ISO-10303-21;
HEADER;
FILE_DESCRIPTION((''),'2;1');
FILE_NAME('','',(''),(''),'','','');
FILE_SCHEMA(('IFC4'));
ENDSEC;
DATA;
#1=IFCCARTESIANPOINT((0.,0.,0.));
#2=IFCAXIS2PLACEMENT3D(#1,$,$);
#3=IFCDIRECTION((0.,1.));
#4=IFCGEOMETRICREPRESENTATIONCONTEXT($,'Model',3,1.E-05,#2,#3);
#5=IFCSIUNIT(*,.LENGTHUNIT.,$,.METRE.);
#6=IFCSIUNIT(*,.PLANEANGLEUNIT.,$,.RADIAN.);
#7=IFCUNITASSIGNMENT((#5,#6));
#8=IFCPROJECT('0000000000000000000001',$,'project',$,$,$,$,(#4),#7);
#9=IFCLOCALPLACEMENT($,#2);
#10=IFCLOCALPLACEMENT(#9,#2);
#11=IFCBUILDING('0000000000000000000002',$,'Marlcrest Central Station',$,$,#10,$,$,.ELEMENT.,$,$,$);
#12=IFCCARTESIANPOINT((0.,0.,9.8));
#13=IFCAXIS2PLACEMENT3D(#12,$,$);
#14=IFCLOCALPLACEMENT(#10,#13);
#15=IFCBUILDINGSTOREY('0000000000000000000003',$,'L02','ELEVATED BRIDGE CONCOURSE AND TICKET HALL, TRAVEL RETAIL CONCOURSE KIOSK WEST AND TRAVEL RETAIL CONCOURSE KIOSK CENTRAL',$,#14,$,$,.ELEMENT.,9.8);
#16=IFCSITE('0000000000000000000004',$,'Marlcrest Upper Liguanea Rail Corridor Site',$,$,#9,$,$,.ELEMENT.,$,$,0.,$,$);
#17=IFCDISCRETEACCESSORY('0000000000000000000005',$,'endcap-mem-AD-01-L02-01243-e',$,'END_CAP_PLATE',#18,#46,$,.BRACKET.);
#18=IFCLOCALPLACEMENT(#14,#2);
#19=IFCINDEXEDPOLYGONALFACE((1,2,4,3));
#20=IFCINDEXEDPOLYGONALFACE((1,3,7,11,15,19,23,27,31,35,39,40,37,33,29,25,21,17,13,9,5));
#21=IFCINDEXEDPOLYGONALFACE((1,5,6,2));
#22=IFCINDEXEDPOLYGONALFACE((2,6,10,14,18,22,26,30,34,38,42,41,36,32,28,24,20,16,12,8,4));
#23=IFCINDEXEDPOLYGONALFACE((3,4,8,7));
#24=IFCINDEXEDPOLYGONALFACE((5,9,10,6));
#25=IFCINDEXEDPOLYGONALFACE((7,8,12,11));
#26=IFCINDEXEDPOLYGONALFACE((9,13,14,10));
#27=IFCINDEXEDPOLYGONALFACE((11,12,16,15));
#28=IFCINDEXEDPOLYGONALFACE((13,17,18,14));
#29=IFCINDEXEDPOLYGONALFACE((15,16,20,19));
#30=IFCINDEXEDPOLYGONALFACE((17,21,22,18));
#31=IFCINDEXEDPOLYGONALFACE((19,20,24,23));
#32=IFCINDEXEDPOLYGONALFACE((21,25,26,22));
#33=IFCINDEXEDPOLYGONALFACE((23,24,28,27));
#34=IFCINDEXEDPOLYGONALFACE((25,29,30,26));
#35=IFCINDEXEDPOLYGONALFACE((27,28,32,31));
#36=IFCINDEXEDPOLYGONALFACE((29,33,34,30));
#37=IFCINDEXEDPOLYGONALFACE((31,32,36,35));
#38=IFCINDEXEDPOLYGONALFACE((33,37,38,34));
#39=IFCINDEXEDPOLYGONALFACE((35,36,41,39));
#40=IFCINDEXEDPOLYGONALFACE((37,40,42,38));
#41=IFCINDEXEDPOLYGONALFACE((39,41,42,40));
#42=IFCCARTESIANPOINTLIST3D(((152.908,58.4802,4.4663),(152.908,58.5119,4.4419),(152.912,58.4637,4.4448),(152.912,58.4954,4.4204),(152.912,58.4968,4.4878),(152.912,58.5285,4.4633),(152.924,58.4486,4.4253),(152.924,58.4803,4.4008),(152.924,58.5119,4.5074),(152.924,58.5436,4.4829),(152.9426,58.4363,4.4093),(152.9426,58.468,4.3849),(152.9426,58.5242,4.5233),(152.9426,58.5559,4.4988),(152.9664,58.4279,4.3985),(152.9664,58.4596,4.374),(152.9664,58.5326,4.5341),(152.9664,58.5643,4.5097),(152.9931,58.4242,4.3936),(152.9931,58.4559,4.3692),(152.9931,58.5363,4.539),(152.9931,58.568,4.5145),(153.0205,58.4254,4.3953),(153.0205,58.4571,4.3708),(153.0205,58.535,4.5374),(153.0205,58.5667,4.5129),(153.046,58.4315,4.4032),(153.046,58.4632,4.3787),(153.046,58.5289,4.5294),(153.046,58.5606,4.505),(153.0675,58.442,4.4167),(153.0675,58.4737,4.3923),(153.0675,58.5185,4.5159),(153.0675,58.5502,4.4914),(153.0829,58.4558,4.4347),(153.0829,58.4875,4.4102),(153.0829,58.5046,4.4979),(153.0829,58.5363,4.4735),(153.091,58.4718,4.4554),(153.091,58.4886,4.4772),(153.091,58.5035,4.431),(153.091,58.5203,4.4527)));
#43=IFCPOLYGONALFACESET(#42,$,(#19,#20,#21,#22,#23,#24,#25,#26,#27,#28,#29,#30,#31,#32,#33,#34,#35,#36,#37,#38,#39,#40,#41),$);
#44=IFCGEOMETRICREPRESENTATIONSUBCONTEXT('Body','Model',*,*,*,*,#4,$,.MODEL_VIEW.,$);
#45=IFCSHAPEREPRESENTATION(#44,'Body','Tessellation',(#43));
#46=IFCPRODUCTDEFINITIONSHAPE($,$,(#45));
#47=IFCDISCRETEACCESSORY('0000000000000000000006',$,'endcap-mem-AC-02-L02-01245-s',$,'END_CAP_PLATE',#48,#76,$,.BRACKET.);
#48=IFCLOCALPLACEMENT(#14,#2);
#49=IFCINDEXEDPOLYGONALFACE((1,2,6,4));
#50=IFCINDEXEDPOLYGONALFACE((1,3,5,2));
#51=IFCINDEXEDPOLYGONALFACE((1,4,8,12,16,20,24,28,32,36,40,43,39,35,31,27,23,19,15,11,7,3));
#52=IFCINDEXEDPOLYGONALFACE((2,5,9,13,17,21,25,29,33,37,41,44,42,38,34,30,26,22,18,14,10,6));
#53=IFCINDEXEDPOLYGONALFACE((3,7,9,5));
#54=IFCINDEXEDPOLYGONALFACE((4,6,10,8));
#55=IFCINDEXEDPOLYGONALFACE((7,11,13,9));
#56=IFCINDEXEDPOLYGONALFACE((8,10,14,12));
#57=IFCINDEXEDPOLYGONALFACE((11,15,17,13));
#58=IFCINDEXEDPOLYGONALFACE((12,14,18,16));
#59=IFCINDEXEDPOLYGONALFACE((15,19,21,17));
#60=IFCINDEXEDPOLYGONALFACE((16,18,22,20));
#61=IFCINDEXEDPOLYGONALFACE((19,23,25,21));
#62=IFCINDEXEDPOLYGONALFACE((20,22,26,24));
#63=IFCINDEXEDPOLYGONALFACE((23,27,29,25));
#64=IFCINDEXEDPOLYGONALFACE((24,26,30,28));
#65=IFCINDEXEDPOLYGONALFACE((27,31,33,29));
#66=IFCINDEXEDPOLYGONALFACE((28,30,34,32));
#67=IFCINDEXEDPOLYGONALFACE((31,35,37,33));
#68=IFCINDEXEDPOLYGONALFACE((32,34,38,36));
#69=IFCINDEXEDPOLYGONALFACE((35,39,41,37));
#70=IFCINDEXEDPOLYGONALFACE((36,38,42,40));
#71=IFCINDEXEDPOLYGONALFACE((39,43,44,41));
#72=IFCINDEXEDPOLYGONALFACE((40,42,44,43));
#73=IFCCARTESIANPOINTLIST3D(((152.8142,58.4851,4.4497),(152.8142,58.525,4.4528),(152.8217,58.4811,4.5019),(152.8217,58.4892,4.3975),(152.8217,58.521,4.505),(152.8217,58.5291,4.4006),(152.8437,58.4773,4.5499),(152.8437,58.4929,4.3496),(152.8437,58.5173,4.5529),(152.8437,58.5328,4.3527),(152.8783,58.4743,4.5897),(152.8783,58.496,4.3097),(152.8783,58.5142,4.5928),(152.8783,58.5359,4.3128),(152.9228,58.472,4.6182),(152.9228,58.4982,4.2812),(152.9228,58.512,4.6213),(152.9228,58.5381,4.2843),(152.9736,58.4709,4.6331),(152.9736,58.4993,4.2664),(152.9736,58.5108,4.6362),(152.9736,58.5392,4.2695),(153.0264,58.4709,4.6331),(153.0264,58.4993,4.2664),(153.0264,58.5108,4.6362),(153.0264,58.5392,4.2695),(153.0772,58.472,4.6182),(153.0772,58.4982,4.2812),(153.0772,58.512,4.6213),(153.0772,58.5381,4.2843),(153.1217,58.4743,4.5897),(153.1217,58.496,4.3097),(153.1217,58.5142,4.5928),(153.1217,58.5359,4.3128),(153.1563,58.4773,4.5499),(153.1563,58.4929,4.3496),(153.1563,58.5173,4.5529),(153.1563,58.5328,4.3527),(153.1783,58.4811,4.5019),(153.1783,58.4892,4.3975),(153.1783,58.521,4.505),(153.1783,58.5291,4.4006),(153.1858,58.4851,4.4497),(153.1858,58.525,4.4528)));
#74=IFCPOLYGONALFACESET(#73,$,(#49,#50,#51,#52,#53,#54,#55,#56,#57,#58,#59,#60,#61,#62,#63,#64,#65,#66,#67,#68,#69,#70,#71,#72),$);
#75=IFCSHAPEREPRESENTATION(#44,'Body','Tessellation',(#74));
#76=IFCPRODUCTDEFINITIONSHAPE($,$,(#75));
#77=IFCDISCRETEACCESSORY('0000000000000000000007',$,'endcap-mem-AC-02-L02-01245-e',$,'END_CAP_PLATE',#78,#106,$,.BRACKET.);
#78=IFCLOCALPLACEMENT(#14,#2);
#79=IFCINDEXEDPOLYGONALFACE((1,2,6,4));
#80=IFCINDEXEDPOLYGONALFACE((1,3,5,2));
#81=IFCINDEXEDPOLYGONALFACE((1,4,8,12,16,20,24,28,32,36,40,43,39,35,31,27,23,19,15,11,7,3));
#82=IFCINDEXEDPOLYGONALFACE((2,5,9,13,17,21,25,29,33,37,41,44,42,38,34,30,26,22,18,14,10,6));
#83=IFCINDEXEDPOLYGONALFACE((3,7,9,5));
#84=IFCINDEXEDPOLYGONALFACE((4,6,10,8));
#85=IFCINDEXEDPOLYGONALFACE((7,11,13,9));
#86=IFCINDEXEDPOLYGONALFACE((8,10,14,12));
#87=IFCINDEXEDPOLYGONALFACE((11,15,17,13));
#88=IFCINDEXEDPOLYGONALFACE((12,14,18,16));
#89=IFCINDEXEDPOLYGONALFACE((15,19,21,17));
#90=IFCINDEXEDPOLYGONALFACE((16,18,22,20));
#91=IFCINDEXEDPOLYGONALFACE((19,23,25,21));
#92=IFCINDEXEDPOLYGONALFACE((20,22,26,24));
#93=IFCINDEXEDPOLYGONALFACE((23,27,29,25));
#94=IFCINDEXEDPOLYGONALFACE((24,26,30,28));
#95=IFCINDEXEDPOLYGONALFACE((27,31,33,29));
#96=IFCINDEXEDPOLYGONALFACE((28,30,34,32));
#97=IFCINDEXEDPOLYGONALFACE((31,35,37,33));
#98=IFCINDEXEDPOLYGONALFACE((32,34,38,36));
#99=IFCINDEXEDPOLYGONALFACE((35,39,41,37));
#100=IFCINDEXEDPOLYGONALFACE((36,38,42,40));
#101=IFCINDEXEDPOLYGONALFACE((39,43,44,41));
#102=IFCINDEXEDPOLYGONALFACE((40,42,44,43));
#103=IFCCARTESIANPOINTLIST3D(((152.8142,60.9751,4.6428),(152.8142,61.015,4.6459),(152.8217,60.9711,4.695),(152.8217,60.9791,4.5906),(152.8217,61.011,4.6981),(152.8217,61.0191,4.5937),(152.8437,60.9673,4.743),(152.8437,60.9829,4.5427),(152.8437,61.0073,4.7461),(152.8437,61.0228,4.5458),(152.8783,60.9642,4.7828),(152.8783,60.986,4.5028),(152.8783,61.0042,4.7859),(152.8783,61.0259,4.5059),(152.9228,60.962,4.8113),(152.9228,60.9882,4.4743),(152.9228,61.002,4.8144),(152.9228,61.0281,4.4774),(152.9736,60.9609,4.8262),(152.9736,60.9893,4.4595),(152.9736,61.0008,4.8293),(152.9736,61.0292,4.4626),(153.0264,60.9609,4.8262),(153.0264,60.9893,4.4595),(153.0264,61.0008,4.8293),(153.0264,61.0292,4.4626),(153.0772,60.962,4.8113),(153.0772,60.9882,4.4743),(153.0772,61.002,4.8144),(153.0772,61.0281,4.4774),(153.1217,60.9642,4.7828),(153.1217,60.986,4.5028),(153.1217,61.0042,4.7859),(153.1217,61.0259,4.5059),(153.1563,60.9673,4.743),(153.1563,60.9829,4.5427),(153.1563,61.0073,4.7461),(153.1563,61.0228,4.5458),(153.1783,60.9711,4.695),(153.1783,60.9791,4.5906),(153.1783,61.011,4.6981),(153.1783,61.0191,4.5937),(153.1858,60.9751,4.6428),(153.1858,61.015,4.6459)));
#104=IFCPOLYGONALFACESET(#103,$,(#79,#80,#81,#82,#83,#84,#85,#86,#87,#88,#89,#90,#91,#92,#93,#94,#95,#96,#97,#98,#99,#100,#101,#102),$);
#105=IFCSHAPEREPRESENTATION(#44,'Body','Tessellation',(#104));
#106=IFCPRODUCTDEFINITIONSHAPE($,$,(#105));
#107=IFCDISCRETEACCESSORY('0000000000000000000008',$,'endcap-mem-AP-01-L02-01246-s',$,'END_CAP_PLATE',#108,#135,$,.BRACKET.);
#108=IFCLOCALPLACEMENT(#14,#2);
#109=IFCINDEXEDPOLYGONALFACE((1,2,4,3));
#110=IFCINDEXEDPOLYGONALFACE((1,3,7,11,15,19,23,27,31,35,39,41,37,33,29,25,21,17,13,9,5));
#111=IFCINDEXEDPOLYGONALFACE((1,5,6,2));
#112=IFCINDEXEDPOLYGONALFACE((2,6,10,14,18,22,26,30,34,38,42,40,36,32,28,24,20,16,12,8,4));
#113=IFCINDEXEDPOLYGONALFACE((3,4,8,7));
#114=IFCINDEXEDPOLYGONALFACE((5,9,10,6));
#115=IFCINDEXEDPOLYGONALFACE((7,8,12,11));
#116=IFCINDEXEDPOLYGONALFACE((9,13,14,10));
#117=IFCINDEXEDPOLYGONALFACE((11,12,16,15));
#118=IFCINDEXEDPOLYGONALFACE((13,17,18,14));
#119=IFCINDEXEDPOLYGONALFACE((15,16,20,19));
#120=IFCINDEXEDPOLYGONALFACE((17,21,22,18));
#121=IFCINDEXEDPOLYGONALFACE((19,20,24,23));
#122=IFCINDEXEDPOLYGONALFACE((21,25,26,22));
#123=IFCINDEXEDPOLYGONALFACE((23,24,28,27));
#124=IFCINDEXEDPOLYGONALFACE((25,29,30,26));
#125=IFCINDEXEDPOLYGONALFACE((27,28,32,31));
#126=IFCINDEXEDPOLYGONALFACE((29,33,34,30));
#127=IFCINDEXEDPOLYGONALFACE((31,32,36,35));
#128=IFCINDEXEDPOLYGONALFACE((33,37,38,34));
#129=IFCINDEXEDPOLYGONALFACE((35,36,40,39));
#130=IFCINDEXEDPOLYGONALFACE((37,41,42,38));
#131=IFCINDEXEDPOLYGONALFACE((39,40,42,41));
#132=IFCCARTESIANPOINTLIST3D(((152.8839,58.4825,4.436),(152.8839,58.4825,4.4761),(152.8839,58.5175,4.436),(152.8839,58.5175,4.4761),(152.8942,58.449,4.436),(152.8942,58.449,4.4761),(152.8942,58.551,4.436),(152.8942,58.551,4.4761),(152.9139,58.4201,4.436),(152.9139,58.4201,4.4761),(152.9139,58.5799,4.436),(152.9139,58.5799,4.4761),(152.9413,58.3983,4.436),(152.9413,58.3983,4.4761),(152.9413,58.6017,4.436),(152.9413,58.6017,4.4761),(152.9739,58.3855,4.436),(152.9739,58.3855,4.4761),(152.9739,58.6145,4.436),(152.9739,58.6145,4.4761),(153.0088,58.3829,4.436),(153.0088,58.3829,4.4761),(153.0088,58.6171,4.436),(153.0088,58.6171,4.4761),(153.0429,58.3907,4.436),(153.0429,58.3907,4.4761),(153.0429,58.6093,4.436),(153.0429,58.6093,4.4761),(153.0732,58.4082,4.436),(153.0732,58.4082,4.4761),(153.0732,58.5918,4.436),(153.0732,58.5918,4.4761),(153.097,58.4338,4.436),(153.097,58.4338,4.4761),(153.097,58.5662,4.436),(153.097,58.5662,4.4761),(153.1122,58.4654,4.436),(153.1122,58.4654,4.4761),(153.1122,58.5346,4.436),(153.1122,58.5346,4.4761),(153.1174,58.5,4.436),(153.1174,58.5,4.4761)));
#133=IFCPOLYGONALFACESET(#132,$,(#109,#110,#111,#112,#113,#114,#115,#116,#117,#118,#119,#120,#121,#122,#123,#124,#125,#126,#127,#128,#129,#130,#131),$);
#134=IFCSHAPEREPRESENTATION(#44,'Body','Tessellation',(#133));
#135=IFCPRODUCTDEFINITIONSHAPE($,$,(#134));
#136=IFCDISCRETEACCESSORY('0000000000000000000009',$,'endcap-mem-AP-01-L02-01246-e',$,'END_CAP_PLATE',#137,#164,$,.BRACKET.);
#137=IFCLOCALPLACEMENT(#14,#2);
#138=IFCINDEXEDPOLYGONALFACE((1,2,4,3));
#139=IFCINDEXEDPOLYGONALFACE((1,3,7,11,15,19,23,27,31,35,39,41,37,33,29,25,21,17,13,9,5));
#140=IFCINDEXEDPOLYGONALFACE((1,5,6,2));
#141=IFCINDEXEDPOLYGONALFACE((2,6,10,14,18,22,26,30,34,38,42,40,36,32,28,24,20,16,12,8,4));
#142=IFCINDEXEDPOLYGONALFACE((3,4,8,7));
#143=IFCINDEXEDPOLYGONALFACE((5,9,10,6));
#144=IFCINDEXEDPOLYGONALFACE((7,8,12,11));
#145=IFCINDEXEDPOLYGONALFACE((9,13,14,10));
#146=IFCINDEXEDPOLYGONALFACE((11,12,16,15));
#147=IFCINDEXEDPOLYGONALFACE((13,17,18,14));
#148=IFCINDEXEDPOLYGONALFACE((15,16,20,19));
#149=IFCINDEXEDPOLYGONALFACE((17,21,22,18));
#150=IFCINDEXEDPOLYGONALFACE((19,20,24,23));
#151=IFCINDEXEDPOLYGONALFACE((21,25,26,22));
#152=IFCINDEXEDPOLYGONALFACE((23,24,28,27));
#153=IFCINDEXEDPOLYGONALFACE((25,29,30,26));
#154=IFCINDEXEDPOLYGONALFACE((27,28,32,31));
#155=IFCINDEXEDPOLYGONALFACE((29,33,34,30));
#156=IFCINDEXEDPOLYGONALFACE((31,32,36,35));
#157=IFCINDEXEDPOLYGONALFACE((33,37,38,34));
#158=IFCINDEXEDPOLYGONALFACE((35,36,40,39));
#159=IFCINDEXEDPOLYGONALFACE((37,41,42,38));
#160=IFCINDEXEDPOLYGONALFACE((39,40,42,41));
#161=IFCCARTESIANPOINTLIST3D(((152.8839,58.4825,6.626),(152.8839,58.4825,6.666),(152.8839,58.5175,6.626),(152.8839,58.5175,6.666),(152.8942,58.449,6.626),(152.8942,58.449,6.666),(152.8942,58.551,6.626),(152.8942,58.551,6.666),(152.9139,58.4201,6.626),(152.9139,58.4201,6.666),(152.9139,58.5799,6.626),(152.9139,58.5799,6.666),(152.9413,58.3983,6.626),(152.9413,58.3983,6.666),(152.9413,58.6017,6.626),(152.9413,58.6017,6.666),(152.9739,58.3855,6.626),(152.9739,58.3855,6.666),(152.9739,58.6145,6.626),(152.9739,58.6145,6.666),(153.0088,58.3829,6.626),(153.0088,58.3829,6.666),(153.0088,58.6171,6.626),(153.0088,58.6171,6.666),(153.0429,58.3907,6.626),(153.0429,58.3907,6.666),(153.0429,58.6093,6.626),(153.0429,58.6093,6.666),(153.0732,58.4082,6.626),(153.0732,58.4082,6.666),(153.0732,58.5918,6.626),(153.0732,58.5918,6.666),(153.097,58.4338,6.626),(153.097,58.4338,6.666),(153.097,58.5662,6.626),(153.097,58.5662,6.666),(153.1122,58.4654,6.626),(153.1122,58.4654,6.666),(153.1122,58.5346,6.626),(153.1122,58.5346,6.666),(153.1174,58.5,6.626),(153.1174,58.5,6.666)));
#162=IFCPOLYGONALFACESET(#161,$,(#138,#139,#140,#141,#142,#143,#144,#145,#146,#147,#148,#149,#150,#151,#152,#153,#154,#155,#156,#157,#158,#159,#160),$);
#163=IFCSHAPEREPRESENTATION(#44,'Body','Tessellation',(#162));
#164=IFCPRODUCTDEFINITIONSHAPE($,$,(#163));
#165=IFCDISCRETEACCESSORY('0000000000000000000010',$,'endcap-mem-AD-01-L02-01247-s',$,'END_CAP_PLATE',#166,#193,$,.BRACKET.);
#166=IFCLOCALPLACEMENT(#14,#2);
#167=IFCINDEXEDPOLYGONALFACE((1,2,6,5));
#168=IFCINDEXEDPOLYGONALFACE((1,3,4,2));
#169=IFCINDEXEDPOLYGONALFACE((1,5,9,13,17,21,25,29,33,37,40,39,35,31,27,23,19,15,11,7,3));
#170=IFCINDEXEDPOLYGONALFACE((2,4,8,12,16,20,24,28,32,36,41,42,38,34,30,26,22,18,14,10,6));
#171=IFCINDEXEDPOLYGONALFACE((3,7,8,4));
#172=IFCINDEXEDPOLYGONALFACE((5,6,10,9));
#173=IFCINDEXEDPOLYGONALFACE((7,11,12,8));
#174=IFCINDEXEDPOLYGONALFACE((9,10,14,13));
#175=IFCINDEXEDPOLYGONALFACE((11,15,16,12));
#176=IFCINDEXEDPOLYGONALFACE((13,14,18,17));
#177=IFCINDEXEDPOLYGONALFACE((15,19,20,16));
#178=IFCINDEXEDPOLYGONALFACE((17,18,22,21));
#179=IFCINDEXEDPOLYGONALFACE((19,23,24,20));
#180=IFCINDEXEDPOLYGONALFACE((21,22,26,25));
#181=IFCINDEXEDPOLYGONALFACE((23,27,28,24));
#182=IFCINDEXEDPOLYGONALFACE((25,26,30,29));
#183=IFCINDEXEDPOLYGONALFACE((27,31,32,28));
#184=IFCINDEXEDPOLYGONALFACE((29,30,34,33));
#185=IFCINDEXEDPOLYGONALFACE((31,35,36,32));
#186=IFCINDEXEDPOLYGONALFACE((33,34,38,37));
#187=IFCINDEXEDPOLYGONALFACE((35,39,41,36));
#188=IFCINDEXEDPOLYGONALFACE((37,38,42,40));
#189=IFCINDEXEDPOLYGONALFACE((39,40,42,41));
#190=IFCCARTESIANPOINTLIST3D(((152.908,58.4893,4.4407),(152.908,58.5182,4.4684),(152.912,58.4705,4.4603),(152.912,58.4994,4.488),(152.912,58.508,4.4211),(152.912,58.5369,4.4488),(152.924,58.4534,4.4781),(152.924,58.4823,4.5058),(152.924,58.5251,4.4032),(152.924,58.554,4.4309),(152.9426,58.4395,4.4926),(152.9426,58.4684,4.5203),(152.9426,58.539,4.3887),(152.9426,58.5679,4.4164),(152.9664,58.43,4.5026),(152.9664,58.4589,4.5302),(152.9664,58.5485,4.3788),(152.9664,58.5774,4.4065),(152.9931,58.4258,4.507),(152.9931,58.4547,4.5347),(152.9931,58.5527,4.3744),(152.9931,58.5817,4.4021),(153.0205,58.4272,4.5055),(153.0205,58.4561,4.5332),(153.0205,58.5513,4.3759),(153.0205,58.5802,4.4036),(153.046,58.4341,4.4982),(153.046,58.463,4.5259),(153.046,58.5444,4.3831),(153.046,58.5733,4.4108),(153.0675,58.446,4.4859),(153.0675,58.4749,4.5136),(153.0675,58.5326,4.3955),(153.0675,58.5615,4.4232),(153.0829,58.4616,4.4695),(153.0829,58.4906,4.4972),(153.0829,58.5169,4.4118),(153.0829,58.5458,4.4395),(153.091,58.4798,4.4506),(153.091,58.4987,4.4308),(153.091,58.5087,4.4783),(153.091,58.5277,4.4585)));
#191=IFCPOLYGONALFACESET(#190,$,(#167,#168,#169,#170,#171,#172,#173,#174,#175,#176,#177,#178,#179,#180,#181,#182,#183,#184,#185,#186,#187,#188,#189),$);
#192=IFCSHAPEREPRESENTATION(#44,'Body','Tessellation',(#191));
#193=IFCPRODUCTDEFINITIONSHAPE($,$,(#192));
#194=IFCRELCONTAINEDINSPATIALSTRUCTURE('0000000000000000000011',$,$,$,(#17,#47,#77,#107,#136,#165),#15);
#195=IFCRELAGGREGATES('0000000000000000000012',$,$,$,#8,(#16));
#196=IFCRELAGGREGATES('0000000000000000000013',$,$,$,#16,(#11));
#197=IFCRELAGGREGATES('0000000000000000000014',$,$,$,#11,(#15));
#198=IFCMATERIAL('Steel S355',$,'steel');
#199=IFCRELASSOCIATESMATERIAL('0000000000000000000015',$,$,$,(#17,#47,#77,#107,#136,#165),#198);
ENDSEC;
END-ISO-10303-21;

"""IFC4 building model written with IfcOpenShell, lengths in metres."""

from ifc_helpers import new_model, si_unit, direction, frame, origin, origin_2d, place, context, subcontext, project, spatial, circle, extrude, material, element, save


model = new_model("IFC4")

# Units and contexts
model_context = context("Model", 3, precision=1e-05, world=origin(), true_north=direction((0.0, 1.0)))
body_context = subcontext(model_context, "Body", "Model", "MODEL_VIEW")
ifc_project = project(units=[si_unit("LENGTHUNIT", "METRE"), si_unit("PLANEANGLEUNIT", "RADIAN")], contexts=[model_context])

# Site, building, storey
site_placement = place(None, origin())
site = spatial("IfcSite", under=ifc_project, at=site_placement, Name="Marlcrest Upper Liguanea Rail Corridor Site", CompositionType="ELEMENT", RefElevation=0.0)
building_placement = place(site_placement, origin())
building = spatial("IfcBuilding", under=site, at=building_placement, Name="Marlcrest Central Station", CompositionType="ELEMENT")
storey_placement = place(building_placement, frame((0.0, 0.0, 9.8)))
storey = spatial("IfcBuildingStorey", under=building, at=storey_placement, Name="L02", Description="ELEVATED BRIDGE CONCOURSE AND TICKET HALL, TRAVEL RETAIL CONCOURSE KIOSK WEST AND TRAVEL RETAIL CONCOURSE KIOSK CENTRAL", CompositionType="ELEMENT", Elevation=9.8)

# Shared definitions
ifc_material = material(Name="Steel S355", Category="steel")

# Discrete accessories
discrete_accessory_1_placement = place(storey_placement, frame((153.0, 58.4802, 4.4663), z_axis=(0.0, 0.791798, -0.610783), x_axis=(-1.0, 0.0, 0.0)))
element("IfcDiscreteAccessory", 1, at=discrete_accessory_1_placement, inside=storey, material=ifc_material, Name="endcap-mem-AD-01-L02-01243-e", ObjectType="END_CAP_PLATE", PredefinedType="BRACKET", context=body_context, shape_type="SweptSolid", body=[
    extrude(circle(Radius=0.092, at=origin_2d()), origin(), (0.0, 0.0, 1.0), 0.04),
])
for number, where, z_axis, x_axis, name in (
    (2, (153.0, 58.4851, 4.4497), (0.0, 0.997007, 0.077307), (-1.0, 0.0, 0.0), "endcap-mem-AC-02-L02-01245-s"),
    (3, (153.0, 60.9751, 4.6428), (0.0, 0.997007, 0.077307), (-1.0, 0.0, 0.0), "endcap-mem-AC-02-L02-01245-e"),
):
    element("IfcDiscreteAccessory", number, at=place(storey_placement, frame(where, z_axis=z_axis, x_axis=x_axis)), inside=storey, material=ifc_material, Name=name, ObjectType="END_CAP_PLATE", PredefinedType="BRACKET", context=body_context, shape_type="SweptSolid", body=[
        extrude(circle(Radius=0.1858, at=origin_2d()), origin(), (0.0, 0.0, 1.0), 0.04),
    ])
for number, where, z_axis, x_axis, name in (
    (4, (153.0, 58.5, 4.436), (0.0, 0.0, 1.0), (1.0, 0.0, 0.0), "endcap-mem-AP-01-L02-01246-s"),
    (5, (153.0, 58.5, 6.626), (0.0, 0.0, 1.0), (1.0, 0.0, 0.0), "endcap-mem-AP-01-L02-01246-e"),
):
    element("IfcDiscreteAccessory", number, at=place(storey_placement, frame(where, z_axis=z_axis, x_axis=x_axis)), inside=storey, material=ifc_material, Name=name, ObjectType="END_CAP_PLATE", PredefinedType="BRACKET", context=body_context, shape_type="SweptSolid", body=[
        extrude(circle(Radius=0.1174, at=origin_2d()), origin(), (0.0, 0.0, 1.0), 0.04),
    ])
for number, where, z_axis, x_axis, name in (
    (6, (153.0, 58.4893, 4.4407), (0.0, 0.722247, 0.691636), (-1.0, 0.0, 0.0), "endcap-mem-AD-01-L02-01247-s"),
):
    element("IfcDiscreteAccessory", number, at=place(storey_placement, frame(where, z_axis=z_axis, x_axis=x_axis)), inside=storey, material=ifc_material, Name=name, ObjectType="END_CAP_PLATE", PredefinedType="BRACKET", context=body_context, shape_type="SweptSolid", body=[
        extrude(circle(Radius=0.092, at=origin_2d()), origin(), (0.0, 0.0, 1.0), 0.04),
    ])

save(model, "model.ifc")
